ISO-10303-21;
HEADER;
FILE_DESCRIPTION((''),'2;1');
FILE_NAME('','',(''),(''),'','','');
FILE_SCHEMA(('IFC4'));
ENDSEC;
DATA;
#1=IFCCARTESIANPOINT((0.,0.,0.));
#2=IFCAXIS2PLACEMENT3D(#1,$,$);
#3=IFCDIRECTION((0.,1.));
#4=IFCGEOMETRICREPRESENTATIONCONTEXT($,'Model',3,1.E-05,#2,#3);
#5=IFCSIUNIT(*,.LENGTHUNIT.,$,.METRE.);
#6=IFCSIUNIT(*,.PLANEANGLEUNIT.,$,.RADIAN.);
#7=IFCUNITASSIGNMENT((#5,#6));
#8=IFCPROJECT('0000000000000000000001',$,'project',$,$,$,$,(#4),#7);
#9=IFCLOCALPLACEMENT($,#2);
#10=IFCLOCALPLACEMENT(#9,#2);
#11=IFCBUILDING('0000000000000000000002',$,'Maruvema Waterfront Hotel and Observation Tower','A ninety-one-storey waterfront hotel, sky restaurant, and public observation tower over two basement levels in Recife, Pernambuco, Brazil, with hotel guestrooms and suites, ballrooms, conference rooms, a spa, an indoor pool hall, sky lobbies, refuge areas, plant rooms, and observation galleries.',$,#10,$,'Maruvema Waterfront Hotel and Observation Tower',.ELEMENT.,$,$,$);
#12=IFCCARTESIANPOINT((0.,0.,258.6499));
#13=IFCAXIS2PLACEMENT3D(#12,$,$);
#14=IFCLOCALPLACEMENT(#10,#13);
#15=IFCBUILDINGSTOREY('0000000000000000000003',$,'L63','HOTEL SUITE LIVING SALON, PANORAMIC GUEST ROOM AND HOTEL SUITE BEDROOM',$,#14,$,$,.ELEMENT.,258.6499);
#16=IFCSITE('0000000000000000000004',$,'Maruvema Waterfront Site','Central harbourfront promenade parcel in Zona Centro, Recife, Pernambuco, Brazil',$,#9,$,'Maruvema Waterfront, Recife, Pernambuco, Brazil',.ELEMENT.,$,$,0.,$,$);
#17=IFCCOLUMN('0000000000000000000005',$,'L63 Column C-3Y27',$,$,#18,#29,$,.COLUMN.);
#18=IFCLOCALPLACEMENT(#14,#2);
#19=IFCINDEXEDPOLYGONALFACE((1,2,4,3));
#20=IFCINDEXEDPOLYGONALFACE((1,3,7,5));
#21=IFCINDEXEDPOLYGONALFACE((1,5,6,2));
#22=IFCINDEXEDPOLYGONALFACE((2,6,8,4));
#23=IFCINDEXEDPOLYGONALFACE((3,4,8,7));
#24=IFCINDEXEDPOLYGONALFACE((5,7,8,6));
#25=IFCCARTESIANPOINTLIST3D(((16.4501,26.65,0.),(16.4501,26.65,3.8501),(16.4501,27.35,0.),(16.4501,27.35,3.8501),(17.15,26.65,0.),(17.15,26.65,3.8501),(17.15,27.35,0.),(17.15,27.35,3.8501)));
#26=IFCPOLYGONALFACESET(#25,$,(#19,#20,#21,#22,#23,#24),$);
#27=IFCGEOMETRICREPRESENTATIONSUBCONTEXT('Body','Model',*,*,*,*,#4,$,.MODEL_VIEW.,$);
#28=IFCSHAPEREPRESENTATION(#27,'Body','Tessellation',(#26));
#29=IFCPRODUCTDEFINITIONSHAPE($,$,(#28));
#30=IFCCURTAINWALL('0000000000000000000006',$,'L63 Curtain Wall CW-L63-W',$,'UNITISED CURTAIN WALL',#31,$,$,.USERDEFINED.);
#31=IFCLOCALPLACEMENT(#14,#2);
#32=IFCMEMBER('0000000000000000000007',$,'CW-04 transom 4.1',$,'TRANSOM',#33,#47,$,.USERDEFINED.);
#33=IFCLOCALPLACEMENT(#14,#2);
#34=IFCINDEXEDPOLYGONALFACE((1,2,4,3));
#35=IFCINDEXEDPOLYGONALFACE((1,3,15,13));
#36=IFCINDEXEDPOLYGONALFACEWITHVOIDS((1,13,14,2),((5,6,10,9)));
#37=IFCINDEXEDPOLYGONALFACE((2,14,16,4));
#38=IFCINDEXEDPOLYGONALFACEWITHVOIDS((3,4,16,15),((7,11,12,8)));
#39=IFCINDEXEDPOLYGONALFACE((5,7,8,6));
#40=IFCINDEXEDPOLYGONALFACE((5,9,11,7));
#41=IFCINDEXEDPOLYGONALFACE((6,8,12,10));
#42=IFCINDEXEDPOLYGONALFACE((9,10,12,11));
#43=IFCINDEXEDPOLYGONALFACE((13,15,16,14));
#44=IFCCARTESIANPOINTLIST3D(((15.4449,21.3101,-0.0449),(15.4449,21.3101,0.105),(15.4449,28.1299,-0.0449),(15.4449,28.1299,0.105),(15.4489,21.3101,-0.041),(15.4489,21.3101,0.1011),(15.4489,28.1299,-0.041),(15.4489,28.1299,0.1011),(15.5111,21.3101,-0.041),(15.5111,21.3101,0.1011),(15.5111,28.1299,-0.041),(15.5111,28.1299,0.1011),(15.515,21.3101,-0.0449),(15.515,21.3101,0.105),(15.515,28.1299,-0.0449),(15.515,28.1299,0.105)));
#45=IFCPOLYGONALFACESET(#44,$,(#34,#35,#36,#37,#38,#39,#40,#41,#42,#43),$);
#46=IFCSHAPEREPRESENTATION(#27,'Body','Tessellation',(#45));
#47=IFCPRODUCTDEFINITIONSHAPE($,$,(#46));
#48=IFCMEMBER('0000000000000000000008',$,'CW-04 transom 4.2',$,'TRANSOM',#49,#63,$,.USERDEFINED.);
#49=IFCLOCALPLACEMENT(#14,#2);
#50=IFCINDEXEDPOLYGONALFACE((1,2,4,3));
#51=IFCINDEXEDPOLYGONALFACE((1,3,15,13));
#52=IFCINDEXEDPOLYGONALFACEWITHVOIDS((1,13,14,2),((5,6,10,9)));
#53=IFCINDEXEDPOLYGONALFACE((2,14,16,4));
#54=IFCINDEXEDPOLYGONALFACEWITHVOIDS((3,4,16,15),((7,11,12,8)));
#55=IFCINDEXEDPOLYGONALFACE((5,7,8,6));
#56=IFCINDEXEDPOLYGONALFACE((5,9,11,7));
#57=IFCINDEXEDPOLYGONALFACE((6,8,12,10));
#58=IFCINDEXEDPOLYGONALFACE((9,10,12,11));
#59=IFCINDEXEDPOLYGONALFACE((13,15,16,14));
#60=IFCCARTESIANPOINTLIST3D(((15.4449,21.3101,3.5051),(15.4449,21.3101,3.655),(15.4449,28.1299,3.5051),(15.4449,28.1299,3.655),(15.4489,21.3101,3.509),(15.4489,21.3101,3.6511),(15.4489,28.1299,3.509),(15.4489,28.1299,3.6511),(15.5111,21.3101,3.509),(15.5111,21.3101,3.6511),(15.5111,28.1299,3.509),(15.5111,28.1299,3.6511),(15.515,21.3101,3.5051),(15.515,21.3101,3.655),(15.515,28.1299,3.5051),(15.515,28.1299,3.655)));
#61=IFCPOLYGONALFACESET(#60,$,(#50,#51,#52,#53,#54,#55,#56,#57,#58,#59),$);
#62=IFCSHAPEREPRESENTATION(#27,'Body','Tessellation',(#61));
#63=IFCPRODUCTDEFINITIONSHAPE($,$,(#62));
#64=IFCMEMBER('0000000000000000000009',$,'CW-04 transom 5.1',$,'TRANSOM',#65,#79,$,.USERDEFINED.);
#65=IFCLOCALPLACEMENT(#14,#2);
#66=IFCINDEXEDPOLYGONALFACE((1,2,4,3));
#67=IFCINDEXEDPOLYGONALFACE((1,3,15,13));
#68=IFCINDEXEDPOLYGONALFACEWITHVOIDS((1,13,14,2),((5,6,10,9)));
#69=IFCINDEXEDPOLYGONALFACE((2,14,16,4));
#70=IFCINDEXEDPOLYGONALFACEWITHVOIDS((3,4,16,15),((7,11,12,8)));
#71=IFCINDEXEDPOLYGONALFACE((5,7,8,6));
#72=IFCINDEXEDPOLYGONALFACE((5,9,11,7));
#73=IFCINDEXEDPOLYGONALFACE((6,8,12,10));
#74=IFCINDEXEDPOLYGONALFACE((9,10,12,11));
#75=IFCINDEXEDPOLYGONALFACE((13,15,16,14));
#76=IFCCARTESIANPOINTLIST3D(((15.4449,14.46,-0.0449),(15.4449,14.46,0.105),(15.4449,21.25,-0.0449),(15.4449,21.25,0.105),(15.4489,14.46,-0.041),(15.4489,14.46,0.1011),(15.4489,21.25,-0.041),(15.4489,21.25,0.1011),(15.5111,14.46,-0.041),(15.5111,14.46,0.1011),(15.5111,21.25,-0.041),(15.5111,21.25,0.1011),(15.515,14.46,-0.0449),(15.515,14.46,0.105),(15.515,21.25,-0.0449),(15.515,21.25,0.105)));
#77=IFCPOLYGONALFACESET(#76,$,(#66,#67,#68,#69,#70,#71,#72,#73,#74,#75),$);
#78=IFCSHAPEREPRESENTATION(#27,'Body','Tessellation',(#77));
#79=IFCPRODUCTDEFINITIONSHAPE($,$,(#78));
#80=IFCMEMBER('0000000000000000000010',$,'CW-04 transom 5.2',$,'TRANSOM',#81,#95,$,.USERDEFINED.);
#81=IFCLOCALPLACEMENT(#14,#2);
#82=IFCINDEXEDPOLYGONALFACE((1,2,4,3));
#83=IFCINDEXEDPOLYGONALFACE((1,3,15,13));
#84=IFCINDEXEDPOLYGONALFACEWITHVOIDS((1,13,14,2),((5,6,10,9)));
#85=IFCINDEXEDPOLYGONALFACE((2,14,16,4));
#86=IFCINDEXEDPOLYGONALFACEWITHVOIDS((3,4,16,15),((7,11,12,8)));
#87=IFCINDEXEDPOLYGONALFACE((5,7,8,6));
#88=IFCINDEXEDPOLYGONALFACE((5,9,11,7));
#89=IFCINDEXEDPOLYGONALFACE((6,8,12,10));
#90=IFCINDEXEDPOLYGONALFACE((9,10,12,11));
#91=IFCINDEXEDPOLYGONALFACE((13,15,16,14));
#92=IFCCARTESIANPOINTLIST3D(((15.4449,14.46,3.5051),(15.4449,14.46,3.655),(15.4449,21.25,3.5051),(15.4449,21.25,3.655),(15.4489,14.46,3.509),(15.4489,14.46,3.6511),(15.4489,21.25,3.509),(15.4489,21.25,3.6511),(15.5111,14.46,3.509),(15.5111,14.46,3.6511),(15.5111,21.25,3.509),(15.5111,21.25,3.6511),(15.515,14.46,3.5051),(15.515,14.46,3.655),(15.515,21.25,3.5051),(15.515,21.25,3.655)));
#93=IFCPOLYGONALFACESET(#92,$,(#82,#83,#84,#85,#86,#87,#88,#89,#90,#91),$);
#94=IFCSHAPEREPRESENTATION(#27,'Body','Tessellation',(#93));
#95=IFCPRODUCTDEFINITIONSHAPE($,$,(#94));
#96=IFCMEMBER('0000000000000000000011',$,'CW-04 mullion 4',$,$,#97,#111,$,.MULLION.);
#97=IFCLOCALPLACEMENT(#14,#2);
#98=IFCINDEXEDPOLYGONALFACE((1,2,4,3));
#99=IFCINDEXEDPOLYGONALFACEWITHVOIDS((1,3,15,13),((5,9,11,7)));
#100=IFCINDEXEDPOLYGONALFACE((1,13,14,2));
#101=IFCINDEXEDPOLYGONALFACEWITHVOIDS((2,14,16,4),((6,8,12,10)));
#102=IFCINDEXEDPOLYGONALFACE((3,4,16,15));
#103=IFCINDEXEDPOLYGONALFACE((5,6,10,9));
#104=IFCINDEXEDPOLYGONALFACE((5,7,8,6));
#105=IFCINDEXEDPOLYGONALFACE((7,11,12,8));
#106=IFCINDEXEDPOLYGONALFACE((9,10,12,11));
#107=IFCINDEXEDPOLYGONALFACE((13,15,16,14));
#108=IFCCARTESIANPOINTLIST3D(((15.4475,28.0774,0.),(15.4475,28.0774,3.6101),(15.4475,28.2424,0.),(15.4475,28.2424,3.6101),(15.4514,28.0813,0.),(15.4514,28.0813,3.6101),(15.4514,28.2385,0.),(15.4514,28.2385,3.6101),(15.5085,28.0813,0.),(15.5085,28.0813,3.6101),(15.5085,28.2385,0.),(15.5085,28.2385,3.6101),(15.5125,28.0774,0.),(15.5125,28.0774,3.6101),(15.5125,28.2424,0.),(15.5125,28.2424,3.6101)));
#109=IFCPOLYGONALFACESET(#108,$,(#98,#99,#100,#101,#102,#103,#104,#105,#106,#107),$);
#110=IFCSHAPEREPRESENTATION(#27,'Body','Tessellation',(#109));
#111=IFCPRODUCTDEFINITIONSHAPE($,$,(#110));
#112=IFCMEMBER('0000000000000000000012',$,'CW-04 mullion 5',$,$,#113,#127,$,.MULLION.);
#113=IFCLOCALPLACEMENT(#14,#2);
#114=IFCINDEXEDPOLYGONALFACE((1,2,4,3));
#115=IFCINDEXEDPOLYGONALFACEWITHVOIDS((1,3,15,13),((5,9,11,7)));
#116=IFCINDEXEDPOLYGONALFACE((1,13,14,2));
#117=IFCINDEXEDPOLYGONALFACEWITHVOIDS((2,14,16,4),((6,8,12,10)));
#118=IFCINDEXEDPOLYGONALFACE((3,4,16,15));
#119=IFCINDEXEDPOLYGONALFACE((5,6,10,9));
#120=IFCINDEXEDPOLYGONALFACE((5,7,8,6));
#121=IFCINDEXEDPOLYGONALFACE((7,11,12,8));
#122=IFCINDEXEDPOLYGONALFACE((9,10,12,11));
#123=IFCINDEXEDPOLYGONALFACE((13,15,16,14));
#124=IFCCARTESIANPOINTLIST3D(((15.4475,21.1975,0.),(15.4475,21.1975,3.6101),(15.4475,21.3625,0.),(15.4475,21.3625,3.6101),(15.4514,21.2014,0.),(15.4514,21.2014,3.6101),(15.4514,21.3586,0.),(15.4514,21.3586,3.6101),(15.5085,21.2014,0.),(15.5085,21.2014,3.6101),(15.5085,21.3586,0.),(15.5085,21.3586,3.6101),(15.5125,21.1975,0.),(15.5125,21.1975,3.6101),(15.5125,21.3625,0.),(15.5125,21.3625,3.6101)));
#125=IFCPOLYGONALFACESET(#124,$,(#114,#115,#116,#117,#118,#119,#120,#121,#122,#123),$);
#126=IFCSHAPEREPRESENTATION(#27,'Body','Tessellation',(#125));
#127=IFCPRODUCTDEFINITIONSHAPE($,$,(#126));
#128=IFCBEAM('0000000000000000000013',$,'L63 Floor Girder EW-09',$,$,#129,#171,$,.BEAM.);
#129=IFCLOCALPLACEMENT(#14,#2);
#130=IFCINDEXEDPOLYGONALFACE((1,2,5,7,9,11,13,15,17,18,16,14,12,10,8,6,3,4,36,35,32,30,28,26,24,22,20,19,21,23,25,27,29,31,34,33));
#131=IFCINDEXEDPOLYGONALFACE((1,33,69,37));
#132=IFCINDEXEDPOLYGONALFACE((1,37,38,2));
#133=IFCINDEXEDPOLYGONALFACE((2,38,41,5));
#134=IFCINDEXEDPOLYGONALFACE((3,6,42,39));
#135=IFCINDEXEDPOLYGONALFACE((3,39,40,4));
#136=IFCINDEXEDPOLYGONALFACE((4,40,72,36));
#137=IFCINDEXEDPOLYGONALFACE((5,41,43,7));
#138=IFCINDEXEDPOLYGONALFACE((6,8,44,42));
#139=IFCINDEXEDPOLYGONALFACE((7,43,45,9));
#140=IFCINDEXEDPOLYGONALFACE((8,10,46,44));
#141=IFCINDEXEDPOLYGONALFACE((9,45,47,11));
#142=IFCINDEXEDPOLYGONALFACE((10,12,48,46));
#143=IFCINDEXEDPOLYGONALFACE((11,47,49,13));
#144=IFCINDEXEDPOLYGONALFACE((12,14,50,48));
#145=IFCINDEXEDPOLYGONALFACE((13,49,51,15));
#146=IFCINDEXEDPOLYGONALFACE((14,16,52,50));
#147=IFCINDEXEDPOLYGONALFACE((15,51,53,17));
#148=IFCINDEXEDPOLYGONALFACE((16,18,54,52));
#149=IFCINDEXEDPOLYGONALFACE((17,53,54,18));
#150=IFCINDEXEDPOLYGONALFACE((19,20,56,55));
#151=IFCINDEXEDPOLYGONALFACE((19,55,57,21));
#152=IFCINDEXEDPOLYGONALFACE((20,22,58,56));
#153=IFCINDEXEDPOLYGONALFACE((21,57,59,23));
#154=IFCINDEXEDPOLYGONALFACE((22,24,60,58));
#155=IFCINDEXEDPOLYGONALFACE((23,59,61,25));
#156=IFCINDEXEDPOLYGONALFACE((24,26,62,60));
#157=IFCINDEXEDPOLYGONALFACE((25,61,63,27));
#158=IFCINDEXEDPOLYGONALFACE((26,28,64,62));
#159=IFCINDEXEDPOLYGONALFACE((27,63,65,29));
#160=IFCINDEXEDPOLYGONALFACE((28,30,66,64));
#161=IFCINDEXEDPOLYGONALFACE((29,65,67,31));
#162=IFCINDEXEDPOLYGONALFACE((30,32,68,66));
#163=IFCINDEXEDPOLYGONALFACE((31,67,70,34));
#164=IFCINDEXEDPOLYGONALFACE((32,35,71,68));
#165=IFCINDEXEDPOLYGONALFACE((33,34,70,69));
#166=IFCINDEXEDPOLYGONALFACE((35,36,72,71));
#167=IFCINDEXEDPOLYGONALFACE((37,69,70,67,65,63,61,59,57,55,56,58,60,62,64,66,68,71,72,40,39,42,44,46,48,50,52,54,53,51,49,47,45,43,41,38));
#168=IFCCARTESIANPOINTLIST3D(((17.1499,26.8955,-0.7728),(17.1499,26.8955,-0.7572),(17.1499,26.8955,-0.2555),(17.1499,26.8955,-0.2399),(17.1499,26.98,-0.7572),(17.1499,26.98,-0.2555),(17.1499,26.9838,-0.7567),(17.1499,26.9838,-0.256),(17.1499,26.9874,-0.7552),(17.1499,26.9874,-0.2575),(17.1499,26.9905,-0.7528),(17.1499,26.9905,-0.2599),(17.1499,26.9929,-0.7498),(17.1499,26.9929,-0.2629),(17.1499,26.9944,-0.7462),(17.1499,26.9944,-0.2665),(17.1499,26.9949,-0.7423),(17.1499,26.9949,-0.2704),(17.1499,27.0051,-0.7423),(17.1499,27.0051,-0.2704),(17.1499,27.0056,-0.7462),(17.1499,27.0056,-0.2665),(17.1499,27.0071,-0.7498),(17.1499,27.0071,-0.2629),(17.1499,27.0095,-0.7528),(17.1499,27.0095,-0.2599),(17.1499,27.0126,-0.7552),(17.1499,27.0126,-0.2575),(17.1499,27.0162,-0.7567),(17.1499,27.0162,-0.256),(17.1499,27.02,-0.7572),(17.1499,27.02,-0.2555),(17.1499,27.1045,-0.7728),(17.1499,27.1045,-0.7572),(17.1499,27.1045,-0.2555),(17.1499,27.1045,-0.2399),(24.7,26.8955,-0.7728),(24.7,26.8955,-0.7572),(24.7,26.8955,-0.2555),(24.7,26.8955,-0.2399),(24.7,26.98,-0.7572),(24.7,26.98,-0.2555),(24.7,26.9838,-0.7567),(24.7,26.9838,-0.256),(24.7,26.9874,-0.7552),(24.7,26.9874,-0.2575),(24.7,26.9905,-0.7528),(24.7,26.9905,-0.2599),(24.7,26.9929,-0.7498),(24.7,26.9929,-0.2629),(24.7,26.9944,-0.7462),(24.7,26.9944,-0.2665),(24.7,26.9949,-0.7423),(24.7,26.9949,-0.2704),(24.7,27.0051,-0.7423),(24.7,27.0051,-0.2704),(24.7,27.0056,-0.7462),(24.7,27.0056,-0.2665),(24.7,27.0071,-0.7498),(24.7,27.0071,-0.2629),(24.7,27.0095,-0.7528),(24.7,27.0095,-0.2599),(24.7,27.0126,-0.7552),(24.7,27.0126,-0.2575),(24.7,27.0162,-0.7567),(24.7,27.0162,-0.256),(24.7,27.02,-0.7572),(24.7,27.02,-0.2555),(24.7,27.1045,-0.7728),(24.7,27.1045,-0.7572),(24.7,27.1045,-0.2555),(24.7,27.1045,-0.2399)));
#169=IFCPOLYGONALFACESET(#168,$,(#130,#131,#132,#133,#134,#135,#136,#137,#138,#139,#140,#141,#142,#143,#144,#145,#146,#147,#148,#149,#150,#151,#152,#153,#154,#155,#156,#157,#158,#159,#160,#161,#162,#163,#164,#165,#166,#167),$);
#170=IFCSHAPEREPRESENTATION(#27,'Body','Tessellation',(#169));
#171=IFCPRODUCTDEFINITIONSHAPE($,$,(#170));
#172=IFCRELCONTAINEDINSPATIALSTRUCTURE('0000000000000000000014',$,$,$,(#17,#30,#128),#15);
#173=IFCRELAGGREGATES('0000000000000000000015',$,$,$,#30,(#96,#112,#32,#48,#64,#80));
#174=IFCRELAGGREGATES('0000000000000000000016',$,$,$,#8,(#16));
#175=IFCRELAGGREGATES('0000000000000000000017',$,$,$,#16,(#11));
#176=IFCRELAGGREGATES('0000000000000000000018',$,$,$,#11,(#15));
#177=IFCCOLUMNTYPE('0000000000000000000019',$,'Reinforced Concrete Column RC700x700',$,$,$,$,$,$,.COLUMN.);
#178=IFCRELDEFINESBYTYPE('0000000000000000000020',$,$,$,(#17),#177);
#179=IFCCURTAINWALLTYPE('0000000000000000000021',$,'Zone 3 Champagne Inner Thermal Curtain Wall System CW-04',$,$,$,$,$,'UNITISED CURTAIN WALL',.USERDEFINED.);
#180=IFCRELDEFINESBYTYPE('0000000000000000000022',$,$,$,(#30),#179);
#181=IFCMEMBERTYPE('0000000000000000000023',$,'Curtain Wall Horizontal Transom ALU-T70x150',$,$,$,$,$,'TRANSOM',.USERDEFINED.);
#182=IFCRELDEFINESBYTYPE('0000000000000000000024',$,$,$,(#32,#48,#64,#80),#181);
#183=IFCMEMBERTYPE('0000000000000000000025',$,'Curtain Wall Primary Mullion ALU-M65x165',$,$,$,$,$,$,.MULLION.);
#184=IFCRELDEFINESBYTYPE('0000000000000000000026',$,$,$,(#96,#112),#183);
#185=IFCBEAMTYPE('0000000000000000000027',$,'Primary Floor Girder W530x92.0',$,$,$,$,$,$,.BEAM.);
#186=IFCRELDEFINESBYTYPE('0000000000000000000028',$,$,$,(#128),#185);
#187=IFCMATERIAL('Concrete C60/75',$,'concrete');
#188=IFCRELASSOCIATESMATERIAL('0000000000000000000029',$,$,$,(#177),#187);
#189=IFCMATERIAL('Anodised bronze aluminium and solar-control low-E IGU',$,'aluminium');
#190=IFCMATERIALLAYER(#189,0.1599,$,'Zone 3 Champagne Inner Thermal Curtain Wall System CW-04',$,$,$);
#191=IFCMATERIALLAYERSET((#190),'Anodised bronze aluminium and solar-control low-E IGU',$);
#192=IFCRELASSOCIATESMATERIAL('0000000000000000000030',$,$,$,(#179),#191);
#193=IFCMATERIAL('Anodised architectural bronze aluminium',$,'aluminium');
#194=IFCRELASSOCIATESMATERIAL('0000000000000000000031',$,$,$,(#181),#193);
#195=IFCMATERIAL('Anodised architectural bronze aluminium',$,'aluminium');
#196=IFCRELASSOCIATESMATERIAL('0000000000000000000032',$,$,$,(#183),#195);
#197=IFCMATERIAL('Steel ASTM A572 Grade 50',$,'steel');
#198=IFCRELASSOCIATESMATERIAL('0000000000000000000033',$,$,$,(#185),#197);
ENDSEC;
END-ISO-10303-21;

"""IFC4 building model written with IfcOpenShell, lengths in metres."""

from ifc_helpers import new_model, si_unit, direction, frame, origin, origin_2d, place, context, subcontext, project, spatial, rectangle, hollow_rectangle, i_section, extrude, material, layer, layer_set, material_profile, profile_set, type_object, element, aggregate, save


model = new_model("IFC4")

# Units and contexts
model_context = context("Model", 3, precision=1e-05, world=origin(), true_north=direction((0.0, 1.0)))
body_context = subcontext(model_context, "Body", "Model", "MODEL_VIEW")
ifc_project = project(units=[si_unit("LENGTHUNIT", "METRE"), si_unit("PLANEANGLEUNIT", "RADIAN")], contexts=[model_context])

# Site, building, storey
site_placement = place(None, origin())
site = spatial("IfcSite", under=ifc_project, at=site_placement, Name="Maruvema Waterfront Site", Description="Central harbourfront promenade parcel in Zona Centro, Recife, Pernambuco, Brazil", LongName="Maruvema Waterfront, Recife, Pernambuco, Brazil", CompositionType="ELEMENT", RefElevation=0.0)
building_placement = place(site_placement, origin())
building = spatial("IfcBuilding", under=site, at=building_placement, Name="Maruvema Waterfront Hotel and Observation Tower", Description="A ninety-one-storey waterfront hotel, sky restaurant, and public observation tower over two basement levels in Recife, Pernambuco, Brazil, with hotel guestrooms and suites, ballrooms, conference rooms, a spa, an indoor pool hall, sky lobbies, refuge areas, plant rooms, and observation galleries.", LongName="Maruvema Waterfront Hotel and Observation Tower", CompositionType="ELEMENT")
storey_placement = place(building_placement, frame((0.0, 0.0, 258.6499)))
storey = spatial("IfcBuildingStorey", under=building, at=storey_placement, Name="L63", Description="HOTEL SUITE LIVING SALON, PANORAMIC GUEST ROOM AND HOTEL SUITE BEDROOM", CompositionType="ELEMENT", Elevation=258.6499)

# Column
ifc_material_1 = material(Name="Concrete C60/75", Category="concrete")
ifc_material_profile_1 = material_profile(ifc_material_1, rectangle(XDim=0.7, YDim=0.7, at=origin_2d()), Name="RC700x700")
ifc_profile_set_1 = profile_set([ifc_material_profile_1], Name="Concrete C60/75")
column_type = type_object("IfcColumnType", Name="Reinforced Concrete Column RC700x700", PredefinedType="COLUMN", material=ifc_profile_set_1)
column_placement = place(storey_placement, frame((16.8, 27.0, 0.0), z_axis=(0.0, 0.0, 1.0), x_axis=(1.0, 0.0, 0.0)))
element("IfcColumn", 1, at=column_placement, inside=storey, type_object=column_type, Name="L63 Column C-3Y27", PredefinedType="COLUMN", context=body_context, shape_type="SweptSolid", body=[
    extrude(rectangle(XDim=0.7, YDim=0.7, at=origin_2d()), origin(), (0.0, 0.0, 1.0), 3.8501),
])

# Curtain wall, members
ifc_material_2 = material(Name="Anodised bronze aluminium and solar-control low-E IGU", Category="aluminium")
ifc_layer_1 = layer(ifc_material_2, 0.1599, Name="Zone 3 Champagne Inner Thermal Curtain Wall System CW-04")
ifc_layer_set_1 = layer_set([ifc_layer_1], Name="Anodised bronze aluminium and solar-control low-E IGU")
curtain_wall_type = type_object("IfcCurtainWallType", Name="Zone 3 Champagne Inner Thermal Curtain Wall System CW-04", ElementType="UNITISED CURTAIN WALL", PredefinedType="USERDEFINED", material=ifc_layer_set_1)
curtain_wall_placement = place(storey_placement, origin())
curtain_wall = element("IfcCurtainWall", 2, at=curtain_wall_placement, inside=storey, type_object=curtain_wall_type, Name="L63 Curtain Wall CW-L63-W", ObjectType="UNITISED CURTAIN WALL", PredefinedType="USERDEFINED")
ifc_material_3 = material(Name="Anodised architectural bronze aluminium", Category="aluminium")
ifc_material_profile_2 = material_profile(ifc_material_3, hollow_rectangle(XDim=0.0701, YDim=0.1499, WallThickness=0.0039, at=origin_2d()), Name="ALU-T70x150")
ifc_profile_set_2 = profile_set([ifc_material_profile_2], Name="Anodised architectural bronze aluminium")
member_type_1 = type_object("IfcMemberType", Name="Curtain Wall Horizontal Transom ALU-T70x150", ElementType="TRANSOM", PredefinedType="USERDEFINED", material=ifc_profile_set_2)
member_1_placement = place(storey_placement, frame((15.48, 28.1299, 0.03), z_axis=(0.0, -1.0, 0.0), x_axis=(1.0, 0.0, 0.0)))
member_1 = element("IfcMember", 3, at=member_1_placement, type_object=member_type_1, Name="CW-04 transom 4.1", ObjectType="TRANSOM", PredefinedType="USERDEFINED", context=body_context, shape_type="SweptSolid", body=[
    extrude(hollow_rectangle(XDim=0.0701, YDim=0.1499, WallThickness=0.0039, at=origin_2d()), origin(), (0.0, 0.0, 1.0), 6.8198),
])
member_2_placement = place(storey_placement, frame((15.48, 28.1299, 3.5801), z_axis=(0.0, -1.0, 0.0), x_axis=(1.0, 0.0, 0.0)))
member_2 = element("IfcMember", 4, at=member_2_placement, type_object=member_type_1, Name="CW-04 transom 4.2", ObjectType="TRANSOM", PredefinedType="USERDEFINED", context=body_context, shape_type="SweptSolid", body=[
    extrude(hollow_rectangle(XDim=0.0701, YDim=0.1499, WallThickness=0.0039, at=origin_2d()), origin(), (0.0, 0.0, 1.0), 6.8198),
])
member_3_placement = place(storey_placement, frame((15.48, 21.25, 0.03), z_axis=(0.0, -1.0, 0.0), x_axis=(1.0, 0.0, 0.0)))
member_3 = element("IfcMember", 5, at=member_3_placement, type_object=member_type_1, Name="CW-04 transom 5.1", ObjectType="TRANSOM", PredefinedType="USERDEFINED", context=body_context, shape_type="SweptSolid", body=[
    extrude(hollow_rectangle(XDim=0.0701, YDim=0.1499, WallThickness=0.0039, at=origin_2d()), origin(), (0.0, 0.0, 1.0), 6.79),
])
member_4_placement = place(storey_placement, frame((15.48, 21.25, 3.5801), z_axis=(0.0, -1.0, 0.0), x_axis=(1.0, 0.0, 0.0)))
member_4 = element("IfcMember", 6, at=member_4_placement, type_object=member_type_1, Name="CW-04 transom 5.2", ObjectType="TRANSOM", PredefinedType="USERDEFINED", context=body_context, shape_type="SweptSolid", body=[
    extrude(hollow_rectangle(XDim=0.0701, YDim=0.1499, WallThickness=0.0039, at=origin_2d()), origin(), (0.0, 0.0, 1.0), 6.79),
])
ifc_material_4 = material(Name="Anodised architectural bronze aluminium", Category="aluminium")
ifc_material_profile_3 = material_profile(ifc_material_4, hollow_rectangle(XDim=0.0649, YDim=0.165, WallThickness=0.0039, at=origin_2d()), Name="ALU-M65x165")
ifc_profile_set_3 = profile_set([ifc_material_profile_3], Name="Anodised architectural bronze aluminium")
member_type_2 = type_object("IfcMemberType", Name="Curtain Wall Primary Mullion ALU-M65x165", PredefinedType="MULLION", material=ifc_profile_set_3)
member_5_placement = place(storey_placement, frame((15.48, 28.1599, 0.0), z_axis=(0.0, 0.0, 1.0), x_axis=(1.0, 0.0, 0.0)))
member_5 = element("IfcMember", 7, at=member_5_placement, type_object=member_type_2, Name="CW-04 mullion 4", PredefinedType="MULLION", context=body_context, shape_type="SweptSolid", body=[
    extrude(hollow_rectangle(XDim=0.0649, YDim=0.165, WallThickness=0.0039, at=origin_2d()), origin(), (0.0, 0.0, 1.0), 3.6101),
])
member_6_placement = place(storey_placement, frame((15.48, 21.28, 0.0), z_axis=(0.0, 0.0, 1.0), x_axis=(1.0, 0.0, 0.0)))
member_6 = element("IfcMember", 8, at=member_6_placement, type_object=member_type_2, Name="CW-04 mullion 5", PredefinedType="MULLION", context=body_context, shape_type="SweptSolid", body=[
    extrude(hollow_rectangle(XDim=0.0649, YDim=0.165, WallThickness=0.0039, at=origin_2d()), origin(), (0.0, 0.0, 1.0), 3.6101),
])

# Beam
ifc_material_5 = material(Name="Steel ASTM A572 Grade 50", Category="steel")
ifc_material_profile_4 = material_profile(ifc_material_5, i_section(OverallWidth=0.209, OverallDepth=0.533, WebThickness=0.0103, FlangeThickness=0.0156, FilletRadius=0.0149, at=origin_2d()), Name="W530x92.0")
ifc_profile_set_4 = profile_set([ifc_material_profile_4], Name="Steel ASTM A572 Grade 50")
beam_type_1 = type_object("IfcBeamType", Name="Primary Floor Girder W530x92.0", PredefinedType="BEAM", material=ifc_profile_set_4)
beam_1_placement = place(storey_placement, frame((17.1499, 27.0, -0.5063), z_axis=(1.0, 0.0, 0.0), x_axis=(0.0, 1.0, 0.0)))
element("IfcBeam", 9, at=beam_1_placement, inside=storey, type_object=beam_type_1, Name="L63 Floor Girder EW-09", PredefinedType="BEAM", context=body_context, shape_type="SweptSolid", body=[
    extrude(i_section(OverallWidth=0.209, OverallDepth=0.533, WebThickness=0.0103, FlangeThickness=0.0156, FilletRadius=0.0149, at=origin_2d()), origin(), (0.0, 0.0, 1.0), 7.55),
])

aggregate(curtain_wall, [member_5, member_6, member_1, member_2, member_3, member_4])

save(model, "model.ifc")
